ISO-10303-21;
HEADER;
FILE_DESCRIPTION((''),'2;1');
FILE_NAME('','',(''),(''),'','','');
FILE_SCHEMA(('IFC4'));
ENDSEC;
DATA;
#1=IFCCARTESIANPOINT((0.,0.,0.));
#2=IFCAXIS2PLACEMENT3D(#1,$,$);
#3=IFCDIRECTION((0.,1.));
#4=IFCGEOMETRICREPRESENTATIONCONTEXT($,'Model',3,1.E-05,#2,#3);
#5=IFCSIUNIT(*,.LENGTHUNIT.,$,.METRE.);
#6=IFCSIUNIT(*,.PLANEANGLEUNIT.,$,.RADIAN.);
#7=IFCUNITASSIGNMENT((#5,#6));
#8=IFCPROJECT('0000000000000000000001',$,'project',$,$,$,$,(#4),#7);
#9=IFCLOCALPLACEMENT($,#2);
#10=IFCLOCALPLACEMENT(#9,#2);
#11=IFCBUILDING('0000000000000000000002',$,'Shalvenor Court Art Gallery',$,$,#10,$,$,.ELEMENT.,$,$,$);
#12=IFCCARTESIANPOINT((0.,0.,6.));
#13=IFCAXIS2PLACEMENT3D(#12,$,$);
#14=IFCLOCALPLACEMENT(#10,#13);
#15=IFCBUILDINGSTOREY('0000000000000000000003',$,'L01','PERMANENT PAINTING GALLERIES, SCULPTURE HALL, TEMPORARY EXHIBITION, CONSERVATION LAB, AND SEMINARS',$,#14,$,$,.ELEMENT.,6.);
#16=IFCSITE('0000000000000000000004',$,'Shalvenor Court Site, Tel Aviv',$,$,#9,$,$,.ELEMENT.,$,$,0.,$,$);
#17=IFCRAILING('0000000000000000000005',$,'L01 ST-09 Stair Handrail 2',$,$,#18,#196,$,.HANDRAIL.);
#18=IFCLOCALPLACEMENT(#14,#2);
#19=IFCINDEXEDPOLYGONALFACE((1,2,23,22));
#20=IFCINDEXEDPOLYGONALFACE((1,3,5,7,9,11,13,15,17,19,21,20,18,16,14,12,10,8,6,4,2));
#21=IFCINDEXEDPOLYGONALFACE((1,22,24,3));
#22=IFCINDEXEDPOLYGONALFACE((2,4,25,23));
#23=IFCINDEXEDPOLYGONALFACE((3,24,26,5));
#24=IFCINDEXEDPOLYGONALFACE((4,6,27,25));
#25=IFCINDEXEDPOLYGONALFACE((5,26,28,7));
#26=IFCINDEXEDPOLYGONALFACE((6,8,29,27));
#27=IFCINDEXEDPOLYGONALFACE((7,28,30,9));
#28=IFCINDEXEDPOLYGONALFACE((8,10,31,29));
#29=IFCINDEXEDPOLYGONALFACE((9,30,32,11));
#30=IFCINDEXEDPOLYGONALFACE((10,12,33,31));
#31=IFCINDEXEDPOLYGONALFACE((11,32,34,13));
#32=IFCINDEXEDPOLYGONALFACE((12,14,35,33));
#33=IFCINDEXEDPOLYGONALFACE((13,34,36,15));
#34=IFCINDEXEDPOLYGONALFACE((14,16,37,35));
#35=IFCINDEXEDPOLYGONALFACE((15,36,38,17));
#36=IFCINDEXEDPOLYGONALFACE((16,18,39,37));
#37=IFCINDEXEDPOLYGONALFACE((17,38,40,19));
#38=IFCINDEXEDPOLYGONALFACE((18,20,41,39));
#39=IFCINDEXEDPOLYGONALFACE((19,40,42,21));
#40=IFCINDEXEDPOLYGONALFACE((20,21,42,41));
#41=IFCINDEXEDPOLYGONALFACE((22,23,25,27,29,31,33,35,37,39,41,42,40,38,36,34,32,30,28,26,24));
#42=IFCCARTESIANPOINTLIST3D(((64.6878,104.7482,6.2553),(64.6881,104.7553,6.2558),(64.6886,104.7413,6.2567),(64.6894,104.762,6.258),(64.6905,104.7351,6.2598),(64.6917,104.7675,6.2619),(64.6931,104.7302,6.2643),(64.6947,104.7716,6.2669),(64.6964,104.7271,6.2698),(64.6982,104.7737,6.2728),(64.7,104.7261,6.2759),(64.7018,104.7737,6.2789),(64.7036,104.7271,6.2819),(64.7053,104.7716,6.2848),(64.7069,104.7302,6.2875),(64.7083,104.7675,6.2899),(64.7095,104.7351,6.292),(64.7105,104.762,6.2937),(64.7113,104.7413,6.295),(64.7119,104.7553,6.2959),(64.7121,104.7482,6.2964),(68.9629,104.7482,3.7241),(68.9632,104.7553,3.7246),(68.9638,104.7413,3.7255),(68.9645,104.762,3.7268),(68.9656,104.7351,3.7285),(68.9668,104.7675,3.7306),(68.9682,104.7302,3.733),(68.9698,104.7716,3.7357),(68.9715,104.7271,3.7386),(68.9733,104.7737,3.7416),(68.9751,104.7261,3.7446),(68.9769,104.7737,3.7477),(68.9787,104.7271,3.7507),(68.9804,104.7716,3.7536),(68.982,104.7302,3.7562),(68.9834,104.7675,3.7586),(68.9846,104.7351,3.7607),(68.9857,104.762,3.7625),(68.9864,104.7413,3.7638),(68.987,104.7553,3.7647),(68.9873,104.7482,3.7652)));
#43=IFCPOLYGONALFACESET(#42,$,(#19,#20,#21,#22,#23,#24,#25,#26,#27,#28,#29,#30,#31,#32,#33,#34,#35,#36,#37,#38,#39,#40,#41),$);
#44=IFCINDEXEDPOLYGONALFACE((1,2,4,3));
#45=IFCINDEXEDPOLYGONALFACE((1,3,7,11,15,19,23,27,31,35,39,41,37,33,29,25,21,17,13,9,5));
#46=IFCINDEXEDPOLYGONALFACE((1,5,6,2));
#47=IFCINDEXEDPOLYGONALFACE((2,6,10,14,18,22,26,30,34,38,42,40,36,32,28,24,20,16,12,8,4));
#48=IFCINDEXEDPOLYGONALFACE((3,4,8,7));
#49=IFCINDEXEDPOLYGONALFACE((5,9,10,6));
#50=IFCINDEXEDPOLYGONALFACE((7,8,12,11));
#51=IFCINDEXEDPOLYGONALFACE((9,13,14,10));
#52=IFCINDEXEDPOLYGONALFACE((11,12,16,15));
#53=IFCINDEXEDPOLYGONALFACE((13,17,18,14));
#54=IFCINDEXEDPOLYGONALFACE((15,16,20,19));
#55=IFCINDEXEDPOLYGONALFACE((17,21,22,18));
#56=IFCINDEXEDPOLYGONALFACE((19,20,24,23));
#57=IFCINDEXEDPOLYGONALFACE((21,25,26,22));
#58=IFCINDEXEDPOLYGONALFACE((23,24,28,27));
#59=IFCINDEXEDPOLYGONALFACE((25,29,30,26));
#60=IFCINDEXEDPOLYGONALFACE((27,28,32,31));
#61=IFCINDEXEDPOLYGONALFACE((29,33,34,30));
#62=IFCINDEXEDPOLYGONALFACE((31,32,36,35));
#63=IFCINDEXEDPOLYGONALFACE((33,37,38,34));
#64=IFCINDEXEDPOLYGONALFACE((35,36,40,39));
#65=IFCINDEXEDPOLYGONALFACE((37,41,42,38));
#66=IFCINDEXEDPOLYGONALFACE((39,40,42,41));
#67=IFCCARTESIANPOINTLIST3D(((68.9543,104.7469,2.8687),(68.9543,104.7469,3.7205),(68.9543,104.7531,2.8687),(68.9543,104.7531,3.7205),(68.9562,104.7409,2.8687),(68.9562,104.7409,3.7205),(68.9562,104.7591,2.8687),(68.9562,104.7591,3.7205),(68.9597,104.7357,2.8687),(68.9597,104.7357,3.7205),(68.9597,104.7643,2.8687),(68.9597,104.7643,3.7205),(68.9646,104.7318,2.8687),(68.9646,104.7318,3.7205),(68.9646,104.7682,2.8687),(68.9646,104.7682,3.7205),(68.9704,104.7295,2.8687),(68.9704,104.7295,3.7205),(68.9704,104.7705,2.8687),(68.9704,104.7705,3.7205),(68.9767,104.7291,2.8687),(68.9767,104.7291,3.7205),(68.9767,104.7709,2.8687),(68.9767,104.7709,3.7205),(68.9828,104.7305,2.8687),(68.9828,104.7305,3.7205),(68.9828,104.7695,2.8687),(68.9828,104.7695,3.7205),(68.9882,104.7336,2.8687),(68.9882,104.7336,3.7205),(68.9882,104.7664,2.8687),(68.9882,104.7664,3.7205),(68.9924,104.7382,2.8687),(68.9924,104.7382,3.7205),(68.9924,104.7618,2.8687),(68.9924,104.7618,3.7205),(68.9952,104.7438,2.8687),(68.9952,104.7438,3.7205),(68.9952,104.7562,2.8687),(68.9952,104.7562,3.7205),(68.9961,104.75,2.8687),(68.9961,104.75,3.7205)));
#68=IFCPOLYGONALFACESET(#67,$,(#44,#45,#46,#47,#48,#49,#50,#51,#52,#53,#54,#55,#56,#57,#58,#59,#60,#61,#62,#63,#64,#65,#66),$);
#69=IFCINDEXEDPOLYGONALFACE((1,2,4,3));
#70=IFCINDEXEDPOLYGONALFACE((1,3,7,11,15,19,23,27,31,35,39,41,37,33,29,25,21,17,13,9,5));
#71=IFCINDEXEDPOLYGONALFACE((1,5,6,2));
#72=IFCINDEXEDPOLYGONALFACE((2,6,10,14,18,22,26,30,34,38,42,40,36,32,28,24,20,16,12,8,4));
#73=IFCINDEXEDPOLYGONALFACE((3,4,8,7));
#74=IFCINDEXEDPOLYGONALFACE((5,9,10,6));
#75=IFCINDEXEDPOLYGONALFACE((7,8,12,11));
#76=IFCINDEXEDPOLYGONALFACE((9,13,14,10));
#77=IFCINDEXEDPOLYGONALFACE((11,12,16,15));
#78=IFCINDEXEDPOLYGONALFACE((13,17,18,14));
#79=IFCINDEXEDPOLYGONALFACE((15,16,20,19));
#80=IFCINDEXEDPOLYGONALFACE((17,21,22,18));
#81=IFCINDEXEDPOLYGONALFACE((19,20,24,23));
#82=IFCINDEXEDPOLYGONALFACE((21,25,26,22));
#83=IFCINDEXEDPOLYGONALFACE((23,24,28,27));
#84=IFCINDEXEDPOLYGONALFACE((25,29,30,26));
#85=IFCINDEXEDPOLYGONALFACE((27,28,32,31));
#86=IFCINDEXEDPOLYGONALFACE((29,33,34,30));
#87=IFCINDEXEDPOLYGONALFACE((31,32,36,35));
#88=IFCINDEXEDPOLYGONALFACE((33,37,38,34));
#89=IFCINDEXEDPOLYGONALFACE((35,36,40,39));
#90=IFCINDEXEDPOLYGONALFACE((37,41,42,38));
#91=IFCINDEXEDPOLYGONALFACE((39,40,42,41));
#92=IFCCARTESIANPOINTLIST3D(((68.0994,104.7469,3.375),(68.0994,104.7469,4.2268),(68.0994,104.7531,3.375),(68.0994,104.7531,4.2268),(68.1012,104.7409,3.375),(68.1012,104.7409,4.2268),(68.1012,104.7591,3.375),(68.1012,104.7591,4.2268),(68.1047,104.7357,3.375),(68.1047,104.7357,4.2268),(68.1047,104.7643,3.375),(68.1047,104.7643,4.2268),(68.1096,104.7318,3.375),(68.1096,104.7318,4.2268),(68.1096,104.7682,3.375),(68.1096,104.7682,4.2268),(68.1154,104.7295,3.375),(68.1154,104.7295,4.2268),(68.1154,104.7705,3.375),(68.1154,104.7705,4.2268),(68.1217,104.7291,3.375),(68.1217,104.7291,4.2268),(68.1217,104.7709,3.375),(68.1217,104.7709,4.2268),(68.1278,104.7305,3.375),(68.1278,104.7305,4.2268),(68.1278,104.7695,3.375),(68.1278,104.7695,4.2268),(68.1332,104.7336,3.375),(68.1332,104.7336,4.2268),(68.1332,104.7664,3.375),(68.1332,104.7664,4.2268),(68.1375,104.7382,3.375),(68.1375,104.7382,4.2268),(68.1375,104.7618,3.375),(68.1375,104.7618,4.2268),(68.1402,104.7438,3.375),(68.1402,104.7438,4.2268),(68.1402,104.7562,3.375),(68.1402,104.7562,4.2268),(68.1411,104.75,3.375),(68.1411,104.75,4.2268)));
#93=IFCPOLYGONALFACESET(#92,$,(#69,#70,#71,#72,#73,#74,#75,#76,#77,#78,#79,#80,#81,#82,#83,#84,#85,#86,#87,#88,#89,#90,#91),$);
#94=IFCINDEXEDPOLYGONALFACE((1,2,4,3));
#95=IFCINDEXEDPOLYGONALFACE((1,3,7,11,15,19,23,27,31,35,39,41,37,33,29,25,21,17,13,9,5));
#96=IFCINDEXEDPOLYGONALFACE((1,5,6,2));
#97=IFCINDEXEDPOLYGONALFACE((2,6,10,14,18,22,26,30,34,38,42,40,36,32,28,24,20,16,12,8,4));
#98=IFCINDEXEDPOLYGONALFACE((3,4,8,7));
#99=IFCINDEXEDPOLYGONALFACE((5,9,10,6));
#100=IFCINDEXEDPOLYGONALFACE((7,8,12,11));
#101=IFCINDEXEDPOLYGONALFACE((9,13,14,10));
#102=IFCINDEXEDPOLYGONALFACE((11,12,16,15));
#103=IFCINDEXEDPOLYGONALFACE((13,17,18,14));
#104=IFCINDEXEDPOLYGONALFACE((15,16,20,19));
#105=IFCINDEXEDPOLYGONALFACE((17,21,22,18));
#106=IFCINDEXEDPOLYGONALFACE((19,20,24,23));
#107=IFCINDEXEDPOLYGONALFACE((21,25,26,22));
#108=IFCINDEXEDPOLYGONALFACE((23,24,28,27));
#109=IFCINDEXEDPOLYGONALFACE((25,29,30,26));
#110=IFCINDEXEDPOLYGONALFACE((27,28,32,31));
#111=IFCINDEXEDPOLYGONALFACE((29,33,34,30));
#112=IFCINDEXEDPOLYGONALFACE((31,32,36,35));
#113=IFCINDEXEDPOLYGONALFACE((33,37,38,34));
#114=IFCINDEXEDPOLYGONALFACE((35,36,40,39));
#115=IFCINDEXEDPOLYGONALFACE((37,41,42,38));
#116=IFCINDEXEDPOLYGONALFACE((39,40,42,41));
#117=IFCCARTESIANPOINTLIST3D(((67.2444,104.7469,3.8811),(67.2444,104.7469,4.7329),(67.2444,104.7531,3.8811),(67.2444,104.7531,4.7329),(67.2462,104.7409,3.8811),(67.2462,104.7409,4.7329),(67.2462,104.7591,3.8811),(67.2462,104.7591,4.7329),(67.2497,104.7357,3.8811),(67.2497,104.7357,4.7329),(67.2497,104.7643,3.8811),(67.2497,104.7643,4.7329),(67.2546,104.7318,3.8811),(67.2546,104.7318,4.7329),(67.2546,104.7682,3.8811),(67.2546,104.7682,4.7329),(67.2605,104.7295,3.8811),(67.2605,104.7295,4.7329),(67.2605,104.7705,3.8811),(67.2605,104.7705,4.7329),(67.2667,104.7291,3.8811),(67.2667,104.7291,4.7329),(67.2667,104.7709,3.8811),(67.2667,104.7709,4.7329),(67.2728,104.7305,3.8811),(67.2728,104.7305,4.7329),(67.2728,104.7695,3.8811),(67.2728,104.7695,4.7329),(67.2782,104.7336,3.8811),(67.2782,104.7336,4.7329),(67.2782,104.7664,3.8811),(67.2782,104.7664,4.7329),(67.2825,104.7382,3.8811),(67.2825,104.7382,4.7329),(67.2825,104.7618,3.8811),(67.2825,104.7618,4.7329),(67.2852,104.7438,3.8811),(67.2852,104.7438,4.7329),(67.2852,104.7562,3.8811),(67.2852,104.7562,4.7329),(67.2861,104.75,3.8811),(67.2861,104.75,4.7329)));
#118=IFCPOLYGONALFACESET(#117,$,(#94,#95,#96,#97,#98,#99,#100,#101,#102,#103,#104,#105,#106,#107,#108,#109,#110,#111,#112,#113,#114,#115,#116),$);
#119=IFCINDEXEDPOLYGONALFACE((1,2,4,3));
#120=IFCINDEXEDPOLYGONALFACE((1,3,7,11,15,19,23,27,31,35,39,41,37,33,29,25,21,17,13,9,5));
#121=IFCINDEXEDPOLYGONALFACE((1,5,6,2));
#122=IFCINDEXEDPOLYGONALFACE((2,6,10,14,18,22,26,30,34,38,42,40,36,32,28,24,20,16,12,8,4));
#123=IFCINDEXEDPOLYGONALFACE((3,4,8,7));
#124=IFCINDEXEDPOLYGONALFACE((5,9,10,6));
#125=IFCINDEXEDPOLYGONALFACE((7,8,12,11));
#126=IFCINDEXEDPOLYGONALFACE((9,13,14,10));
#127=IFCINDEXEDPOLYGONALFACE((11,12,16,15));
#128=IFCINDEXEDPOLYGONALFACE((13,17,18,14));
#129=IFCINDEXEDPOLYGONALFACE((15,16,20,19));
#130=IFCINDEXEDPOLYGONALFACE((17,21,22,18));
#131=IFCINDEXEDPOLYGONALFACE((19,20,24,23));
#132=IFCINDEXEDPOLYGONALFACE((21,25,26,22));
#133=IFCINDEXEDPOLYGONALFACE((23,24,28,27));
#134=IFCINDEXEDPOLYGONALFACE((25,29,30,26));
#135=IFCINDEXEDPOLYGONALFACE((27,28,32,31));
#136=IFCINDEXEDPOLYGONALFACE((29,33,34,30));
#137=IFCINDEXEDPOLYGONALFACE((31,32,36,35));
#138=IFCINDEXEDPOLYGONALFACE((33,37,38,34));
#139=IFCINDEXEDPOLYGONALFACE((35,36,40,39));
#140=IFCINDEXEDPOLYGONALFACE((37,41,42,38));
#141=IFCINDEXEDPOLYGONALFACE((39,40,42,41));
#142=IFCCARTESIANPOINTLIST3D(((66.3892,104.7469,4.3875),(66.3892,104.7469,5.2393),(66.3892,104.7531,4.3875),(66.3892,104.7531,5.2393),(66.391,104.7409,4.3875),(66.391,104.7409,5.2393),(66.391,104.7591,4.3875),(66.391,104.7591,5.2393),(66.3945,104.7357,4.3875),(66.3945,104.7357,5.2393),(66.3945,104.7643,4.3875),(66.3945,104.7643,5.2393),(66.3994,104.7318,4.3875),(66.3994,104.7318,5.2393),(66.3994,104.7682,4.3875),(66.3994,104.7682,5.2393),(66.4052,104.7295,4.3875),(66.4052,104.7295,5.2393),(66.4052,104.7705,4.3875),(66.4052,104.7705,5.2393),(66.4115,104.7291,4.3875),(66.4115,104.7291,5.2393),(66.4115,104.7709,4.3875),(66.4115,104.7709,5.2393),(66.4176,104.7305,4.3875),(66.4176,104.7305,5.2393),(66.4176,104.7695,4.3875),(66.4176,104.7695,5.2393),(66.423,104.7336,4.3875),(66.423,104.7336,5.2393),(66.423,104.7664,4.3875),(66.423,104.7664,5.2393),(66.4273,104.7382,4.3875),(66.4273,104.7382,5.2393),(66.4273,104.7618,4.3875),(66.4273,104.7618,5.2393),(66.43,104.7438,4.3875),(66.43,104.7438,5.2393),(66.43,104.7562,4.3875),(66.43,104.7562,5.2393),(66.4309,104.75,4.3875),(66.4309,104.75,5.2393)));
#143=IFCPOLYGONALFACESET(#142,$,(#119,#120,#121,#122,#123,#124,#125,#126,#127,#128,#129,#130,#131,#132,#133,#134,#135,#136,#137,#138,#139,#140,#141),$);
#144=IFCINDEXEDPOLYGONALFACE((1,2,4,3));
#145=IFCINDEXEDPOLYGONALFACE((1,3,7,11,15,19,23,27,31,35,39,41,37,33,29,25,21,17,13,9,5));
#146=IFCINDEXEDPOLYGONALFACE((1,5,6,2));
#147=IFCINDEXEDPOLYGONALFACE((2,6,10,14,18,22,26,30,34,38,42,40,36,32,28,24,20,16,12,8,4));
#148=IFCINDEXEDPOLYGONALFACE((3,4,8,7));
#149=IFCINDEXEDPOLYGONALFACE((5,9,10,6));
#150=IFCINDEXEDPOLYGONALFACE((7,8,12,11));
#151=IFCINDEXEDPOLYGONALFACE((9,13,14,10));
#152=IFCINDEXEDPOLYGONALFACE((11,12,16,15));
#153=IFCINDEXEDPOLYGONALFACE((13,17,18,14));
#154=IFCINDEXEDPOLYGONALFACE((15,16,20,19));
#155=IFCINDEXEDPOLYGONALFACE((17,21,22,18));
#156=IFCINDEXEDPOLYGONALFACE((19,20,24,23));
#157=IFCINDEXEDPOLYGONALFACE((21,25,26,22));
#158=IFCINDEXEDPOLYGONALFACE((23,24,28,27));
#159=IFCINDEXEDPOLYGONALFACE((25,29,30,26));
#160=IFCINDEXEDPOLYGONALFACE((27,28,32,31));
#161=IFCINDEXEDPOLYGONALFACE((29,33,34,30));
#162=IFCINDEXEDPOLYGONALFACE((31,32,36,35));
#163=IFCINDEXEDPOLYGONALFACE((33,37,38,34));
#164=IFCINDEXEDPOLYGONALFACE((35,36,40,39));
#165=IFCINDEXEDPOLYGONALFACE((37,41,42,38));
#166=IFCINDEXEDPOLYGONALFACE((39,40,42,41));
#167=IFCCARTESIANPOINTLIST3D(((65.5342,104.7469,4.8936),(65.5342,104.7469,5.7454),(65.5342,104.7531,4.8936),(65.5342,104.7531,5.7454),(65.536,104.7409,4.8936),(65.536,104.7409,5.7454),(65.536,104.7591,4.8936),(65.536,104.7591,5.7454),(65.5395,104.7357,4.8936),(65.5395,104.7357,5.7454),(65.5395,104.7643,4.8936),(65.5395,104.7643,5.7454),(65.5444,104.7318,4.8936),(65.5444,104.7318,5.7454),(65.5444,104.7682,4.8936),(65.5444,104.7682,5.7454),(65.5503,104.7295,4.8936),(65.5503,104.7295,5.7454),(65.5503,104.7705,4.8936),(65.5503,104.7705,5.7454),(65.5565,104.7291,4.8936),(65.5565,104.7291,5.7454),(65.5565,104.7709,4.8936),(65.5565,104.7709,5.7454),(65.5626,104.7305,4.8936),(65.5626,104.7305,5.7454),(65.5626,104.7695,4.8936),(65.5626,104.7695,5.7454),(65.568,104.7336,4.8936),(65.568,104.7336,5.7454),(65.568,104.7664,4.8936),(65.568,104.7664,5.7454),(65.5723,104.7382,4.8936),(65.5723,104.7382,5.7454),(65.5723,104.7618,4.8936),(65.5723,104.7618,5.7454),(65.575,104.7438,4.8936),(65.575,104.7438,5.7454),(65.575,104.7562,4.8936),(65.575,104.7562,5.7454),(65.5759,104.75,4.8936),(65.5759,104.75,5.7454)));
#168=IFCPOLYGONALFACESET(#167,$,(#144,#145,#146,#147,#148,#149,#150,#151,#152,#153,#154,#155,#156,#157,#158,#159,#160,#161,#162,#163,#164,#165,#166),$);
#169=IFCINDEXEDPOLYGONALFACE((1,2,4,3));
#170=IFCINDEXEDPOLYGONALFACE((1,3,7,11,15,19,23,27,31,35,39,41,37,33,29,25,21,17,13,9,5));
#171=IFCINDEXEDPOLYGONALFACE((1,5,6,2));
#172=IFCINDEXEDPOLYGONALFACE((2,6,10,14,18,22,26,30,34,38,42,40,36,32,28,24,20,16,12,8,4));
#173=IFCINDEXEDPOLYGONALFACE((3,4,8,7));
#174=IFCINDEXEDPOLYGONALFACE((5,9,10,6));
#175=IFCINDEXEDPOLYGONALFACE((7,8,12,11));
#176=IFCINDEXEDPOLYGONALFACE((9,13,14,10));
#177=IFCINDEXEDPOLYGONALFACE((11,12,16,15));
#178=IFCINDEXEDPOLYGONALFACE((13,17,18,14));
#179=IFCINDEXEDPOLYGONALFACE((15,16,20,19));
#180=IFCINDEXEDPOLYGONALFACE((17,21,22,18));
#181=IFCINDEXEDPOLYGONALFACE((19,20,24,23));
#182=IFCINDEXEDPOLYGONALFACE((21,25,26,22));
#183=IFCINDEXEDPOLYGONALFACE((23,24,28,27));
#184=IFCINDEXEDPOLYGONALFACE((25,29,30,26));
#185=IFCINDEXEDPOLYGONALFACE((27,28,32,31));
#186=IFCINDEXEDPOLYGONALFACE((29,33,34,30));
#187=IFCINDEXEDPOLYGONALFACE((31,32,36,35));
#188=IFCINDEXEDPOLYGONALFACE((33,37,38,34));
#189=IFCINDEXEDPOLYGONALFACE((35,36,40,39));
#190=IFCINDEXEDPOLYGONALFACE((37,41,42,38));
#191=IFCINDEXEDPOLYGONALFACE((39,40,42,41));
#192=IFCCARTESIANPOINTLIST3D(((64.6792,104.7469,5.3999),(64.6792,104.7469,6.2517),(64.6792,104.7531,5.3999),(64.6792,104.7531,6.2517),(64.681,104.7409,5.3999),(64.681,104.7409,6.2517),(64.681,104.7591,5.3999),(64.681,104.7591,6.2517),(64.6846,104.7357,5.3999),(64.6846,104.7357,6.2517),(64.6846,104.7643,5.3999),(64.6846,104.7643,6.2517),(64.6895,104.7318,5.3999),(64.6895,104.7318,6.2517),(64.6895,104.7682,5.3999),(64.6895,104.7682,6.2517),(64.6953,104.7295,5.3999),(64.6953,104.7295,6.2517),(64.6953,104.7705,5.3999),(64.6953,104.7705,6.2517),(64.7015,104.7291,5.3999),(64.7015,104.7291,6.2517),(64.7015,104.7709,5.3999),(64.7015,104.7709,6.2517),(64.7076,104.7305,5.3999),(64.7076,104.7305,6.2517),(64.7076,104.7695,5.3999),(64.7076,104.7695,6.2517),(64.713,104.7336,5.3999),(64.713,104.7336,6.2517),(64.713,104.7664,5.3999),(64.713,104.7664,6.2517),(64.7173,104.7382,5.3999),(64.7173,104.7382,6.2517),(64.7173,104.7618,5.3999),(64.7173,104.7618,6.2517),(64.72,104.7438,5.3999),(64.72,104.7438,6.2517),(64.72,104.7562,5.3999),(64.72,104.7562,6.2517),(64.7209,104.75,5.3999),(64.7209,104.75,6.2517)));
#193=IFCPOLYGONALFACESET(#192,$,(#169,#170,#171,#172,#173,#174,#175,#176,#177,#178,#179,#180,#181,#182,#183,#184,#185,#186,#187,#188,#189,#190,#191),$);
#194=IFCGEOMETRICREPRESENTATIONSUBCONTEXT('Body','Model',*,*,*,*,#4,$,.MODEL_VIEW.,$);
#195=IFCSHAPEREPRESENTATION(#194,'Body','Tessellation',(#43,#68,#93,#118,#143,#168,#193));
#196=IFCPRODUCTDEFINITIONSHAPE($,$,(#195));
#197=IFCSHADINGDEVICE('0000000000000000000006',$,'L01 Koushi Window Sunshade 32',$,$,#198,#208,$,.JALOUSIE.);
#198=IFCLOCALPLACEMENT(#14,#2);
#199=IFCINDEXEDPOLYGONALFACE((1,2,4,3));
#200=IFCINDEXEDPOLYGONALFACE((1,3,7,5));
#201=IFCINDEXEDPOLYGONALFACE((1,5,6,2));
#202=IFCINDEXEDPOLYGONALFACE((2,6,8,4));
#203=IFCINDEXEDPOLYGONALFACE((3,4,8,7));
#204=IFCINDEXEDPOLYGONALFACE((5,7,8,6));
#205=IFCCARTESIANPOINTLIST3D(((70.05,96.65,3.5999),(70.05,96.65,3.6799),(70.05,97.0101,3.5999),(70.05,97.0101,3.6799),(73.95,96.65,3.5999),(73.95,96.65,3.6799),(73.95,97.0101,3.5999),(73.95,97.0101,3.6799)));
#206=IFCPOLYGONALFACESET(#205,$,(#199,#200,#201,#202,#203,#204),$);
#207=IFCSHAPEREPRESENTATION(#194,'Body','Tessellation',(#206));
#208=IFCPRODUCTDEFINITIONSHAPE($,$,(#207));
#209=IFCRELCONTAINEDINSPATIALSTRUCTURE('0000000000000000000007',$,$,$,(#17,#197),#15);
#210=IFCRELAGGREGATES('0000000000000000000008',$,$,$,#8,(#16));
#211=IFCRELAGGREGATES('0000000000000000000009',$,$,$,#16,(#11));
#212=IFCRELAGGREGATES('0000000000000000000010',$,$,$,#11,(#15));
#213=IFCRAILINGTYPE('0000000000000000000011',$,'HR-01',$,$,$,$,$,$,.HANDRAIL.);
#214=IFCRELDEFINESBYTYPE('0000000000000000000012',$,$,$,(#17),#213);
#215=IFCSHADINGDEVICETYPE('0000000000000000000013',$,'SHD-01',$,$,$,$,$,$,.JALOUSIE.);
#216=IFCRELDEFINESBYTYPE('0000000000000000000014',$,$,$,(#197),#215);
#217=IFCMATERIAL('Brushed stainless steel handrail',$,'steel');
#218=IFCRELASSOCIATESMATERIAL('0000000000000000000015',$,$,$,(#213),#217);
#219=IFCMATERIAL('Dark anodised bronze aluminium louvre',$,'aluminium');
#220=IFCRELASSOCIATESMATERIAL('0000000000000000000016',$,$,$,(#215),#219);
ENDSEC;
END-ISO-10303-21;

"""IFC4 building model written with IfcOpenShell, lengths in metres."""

from ifc_helpers import new_model, si_unit, direction, frame, origin, origin_2d, place, context, subcontext, project, spatial, rectangle, circle, extrude, material, type_object, element, save


model = new_model("IFC4")

# Units and contexts
model_context = context("Model", 3, precision=1e-05, world=origin(), true_north=direction((0.0, 1.0)))
body_context = subcontext(model_context, "Body", "Model", "MODEL_VIEW")
ifc_project = project(units=[si_unit("LENGTHUNIT", "METRE"), si_unit("PLANEANGLEUNIT", "RADIAN")], contexts=[model_context])

# Site, building, storey
site_placement = place(None, origin())
site = spatial("IfcSite", under=ifc_project, at=site_placement, Name="Shalvenor Court Site, Tel Aviv", CompositionType="ELEMENT", RefElevation=0.0)
building_placement = place(site_placement, origin())
building = spatial("IfcBuilding", under=site, at=building_placement, Name="Shalvenor Court Art Gallery", CompositionType="ELEMENT")
storey_placement = place(building_placement, frame((0.0, 0.0, 6.0)))
storey = spatial("IfcBuildingStorey", under=building, at=storey_placement, Name="L01", Description="PERMANENT PAINTING GALLERIES, SCULPTURE HALL, TEMPORARY EXHIBITION, CONSERVATION LAB, AND SEMINARS", CompositionType="ELEMENT", Elevation=6.0)

# Railing
ifc_material_1 = material(Name="Brushed stainless steel handrail", Category="steel")
railing_type_1 = type_object("IfcRailingType", Name="HR-01", PredefinedType="HANDRAIL", material=ifc_material_1)
railing_1_placement = place(storey_placement, frame((68.9751, 104.75, 2.8687)))
element("IfcRailing", 1, at=railing_1_placement, inside=storey, type_object=railing_type_1, Name="L01 ST-09 Stair Handrail 2", PredefinedType="HANDRAIL", context=body_context, shape_type="SweptSolid", body=[
    extrude(circle(Radius=0.0239, at=origin_2d()), frame((0.0, 0.0, 0.876), z_axis=(-0.860483, 0.0, 0.509479), x_axis=(0.0, -1.0, 0.0)), (0.0, 0.0, 1.0), 4.9683),
    extrude(circle(Radius=0.021, at=origin_2d()), origin(), (0.0, 0.0, 1.0), 0.8518),
    extrude(circle(Radius=0.021, at=origin_2d()), frame((-0.855, 0.0, 0.5063)), (0.0, 0.0, 1.0), 0.8518),
    extrude(circle(Radius=0.021, at=origin_2d()), frame((-1.71, 0.0, 1.0125)), (0.0, 0.0, 1.0), 0.8518),
    extrude(circle(Radius=0.021, at=origin_2d()), frame((-2.5652, 0.0, 1.5188)), (0.0, 0.0, 1.0), 0.8518),
    extrude(circle(Radius=0.021, at=origin_2d()), frame((-3.4202, 0.0, 2.0249)), (0.0, 0.0, 1.0), 0.8518),
    extrude(circle(Radius=0.021, at=origin_2d()), frame((-4.2751, 0.0, 2.5312)), (0.0, 0.0, 1.0), 0.8518),
])

# Shading device
ifc_material_2 = material(Name="Dark anodised bronze aluminium louvre", Category="aluminium")
shading_device_type = type_object("IfcShadingDeviceType", Name="SHD-01", PredefinedType="JALOUSIE", material=ifc_material_2)
shading_device_placement = place(storey_placement, frame((72.0, 96.8301, 3.5999), z_axis=(0.0, 0.0, 1.0), x_axis=(-1.0, 0.0, 0.0)))
element("IfcShadingDevice", 2, at=shading_device_placement, inside=storey, type_object=shading_device_type, Name="L01 Koushi Window Sunshade 32", PredefinedType="JALOUSIE", context=body_context, shape_type="SweptSolid", body=[
    extrude(rectangle(XDim=3.8999, YDim=0.3601, at=origin_2d()), origin(), (0.0, 0.0, 1.0), 0.0801),
])

save(model, "model.ifc")
